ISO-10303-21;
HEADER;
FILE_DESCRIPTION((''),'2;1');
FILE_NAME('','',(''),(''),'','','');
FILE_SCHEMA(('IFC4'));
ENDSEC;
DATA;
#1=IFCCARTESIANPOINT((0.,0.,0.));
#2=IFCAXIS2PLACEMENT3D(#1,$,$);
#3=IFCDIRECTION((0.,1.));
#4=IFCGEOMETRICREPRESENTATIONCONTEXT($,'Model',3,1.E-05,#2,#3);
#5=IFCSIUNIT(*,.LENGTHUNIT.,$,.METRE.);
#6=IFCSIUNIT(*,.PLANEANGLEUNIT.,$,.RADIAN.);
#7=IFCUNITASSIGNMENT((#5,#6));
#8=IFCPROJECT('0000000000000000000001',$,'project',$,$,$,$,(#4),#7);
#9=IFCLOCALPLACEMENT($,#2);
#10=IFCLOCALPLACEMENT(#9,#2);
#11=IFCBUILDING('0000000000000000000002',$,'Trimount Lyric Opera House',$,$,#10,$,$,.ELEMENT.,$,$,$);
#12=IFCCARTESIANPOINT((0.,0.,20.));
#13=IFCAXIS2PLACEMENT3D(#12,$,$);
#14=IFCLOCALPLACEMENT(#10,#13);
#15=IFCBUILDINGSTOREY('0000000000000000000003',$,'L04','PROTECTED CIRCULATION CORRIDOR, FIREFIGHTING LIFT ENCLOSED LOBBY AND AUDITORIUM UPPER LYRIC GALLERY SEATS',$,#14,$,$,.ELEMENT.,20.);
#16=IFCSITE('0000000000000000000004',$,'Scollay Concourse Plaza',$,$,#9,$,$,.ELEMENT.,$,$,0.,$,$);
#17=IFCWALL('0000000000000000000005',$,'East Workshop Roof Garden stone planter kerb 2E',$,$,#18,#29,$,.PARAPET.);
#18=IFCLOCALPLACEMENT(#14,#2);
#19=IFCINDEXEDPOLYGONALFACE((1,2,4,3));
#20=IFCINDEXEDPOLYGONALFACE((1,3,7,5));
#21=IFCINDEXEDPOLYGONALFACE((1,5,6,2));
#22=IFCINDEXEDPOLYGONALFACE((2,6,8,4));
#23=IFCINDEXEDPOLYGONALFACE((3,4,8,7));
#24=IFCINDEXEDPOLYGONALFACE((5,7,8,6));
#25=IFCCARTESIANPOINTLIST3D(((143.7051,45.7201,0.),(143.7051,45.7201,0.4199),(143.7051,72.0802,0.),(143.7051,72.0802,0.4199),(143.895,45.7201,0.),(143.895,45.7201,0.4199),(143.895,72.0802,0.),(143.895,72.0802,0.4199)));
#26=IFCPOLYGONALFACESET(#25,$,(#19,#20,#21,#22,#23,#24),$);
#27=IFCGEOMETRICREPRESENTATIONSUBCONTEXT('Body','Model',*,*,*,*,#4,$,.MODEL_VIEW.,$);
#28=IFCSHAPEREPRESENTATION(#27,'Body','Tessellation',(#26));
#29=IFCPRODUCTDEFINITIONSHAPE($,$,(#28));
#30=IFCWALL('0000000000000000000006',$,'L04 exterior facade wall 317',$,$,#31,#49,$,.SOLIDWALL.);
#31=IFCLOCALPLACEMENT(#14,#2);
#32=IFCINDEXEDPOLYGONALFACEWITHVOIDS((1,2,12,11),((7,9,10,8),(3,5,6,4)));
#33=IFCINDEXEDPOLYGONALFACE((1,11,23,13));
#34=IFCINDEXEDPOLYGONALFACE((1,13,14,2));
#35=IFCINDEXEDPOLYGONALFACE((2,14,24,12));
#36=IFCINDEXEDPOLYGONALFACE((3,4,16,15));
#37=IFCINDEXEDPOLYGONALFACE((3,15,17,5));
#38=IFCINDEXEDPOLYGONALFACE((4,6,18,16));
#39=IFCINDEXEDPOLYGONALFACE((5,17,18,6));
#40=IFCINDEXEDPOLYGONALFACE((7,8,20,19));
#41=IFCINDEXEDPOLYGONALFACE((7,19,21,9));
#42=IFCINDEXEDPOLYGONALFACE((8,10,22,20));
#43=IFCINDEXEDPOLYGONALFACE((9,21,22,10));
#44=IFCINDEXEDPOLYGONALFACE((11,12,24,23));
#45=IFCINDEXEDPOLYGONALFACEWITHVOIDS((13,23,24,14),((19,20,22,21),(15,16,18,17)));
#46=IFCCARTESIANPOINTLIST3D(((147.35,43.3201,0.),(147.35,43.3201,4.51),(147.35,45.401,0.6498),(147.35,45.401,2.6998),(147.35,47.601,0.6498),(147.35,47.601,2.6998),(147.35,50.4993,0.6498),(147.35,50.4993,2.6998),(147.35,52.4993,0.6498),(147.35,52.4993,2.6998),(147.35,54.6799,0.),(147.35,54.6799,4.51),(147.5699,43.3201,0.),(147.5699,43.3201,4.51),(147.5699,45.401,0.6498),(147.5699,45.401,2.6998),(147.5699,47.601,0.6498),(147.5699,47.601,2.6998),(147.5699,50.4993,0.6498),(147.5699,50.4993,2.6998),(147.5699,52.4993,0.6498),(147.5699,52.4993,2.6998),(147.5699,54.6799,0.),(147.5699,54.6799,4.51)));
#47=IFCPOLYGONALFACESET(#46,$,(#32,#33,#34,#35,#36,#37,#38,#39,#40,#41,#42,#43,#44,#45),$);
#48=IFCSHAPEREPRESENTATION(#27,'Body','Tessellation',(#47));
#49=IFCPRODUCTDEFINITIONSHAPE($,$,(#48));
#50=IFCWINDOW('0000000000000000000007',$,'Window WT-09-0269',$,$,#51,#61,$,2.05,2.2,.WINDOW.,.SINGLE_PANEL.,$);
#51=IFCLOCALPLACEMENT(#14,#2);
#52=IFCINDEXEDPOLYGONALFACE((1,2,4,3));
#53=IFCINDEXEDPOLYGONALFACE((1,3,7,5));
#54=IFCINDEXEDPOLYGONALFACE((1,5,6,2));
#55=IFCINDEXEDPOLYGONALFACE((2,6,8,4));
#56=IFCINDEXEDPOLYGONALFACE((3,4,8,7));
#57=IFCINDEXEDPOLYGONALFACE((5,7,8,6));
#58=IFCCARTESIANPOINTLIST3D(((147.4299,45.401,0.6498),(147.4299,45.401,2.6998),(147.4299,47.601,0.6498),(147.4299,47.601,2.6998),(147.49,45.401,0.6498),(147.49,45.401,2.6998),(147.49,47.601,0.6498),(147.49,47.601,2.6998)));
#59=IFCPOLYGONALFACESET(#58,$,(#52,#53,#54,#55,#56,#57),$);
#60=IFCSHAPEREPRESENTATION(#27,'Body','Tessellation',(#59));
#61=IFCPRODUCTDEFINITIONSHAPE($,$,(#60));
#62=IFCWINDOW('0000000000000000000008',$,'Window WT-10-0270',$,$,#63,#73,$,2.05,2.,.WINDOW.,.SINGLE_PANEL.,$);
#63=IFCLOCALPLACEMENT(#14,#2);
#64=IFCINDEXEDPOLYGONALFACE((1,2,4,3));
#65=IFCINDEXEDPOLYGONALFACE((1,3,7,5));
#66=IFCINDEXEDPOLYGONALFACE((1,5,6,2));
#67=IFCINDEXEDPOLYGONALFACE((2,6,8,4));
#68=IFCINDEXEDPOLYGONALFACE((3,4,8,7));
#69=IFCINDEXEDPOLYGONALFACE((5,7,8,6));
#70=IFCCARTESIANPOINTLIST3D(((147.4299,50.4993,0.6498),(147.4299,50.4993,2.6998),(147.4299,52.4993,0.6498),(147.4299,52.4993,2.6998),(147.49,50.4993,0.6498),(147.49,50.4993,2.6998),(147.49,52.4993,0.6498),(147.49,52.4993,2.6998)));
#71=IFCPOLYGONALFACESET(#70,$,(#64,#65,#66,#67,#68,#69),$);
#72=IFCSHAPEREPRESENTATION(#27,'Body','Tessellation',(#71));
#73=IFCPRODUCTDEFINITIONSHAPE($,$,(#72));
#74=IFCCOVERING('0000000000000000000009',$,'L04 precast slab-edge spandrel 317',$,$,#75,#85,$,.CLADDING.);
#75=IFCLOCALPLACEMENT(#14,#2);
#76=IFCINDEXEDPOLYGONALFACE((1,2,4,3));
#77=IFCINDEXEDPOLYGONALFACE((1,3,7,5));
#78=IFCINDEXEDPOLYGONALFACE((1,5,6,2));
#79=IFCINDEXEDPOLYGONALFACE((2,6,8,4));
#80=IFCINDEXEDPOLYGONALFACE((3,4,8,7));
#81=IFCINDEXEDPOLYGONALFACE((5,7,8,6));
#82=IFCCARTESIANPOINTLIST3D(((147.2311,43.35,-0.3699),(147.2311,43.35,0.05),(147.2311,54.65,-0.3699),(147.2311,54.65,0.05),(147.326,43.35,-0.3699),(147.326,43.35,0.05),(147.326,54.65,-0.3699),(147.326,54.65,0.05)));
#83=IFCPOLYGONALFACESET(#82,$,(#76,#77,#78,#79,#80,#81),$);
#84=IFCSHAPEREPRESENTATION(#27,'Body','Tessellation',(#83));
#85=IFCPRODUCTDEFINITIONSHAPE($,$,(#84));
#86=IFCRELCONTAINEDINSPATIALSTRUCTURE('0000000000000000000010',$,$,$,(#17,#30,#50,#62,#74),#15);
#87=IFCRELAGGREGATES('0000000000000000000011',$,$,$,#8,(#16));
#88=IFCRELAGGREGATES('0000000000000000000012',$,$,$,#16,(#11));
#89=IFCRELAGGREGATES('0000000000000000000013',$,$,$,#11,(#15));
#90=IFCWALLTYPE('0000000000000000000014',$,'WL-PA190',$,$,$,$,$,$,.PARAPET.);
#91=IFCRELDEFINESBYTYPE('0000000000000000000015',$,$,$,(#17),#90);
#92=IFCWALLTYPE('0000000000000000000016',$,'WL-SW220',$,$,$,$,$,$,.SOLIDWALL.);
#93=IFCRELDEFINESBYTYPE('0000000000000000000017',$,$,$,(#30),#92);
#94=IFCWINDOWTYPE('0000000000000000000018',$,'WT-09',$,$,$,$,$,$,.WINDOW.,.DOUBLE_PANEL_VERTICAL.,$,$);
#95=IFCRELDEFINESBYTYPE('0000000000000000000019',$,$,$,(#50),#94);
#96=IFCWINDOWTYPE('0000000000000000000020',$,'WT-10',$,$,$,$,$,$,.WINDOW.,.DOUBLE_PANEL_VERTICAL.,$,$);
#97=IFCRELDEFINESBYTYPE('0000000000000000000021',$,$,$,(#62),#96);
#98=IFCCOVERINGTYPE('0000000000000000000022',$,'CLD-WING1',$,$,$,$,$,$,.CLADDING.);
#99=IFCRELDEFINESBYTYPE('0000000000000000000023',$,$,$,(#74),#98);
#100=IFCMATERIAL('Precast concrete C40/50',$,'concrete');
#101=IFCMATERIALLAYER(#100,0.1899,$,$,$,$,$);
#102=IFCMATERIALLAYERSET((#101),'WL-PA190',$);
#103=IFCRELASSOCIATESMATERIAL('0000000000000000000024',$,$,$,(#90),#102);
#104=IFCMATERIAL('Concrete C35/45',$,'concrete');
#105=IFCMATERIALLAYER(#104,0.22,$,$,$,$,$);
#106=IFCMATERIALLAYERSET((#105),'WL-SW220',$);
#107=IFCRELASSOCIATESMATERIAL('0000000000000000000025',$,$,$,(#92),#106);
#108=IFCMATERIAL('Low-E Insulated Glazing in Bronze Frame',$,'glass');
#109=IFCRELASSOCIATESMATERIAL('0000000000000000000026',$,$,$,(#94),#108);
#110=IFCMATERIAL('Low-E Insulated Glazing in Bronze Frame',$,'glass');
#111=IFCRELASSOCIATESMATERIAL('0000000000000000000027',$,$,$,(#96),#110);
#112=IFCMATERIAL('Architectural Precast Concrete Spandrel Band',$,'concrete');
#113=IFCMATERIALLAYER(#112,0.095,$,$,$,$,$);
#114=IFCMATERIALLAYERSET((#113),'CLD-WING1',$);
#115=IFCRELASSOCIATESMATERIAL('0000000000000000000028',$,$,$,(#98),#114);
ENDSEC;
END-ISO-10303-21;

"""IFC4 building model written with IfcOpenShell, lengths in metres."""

from ifc_helpers import new_model, si_unit, direction, frame, frame_2d, origin, origin_2d, place, context, subcontext, project, spatial, rectangle, extrude, material, layer, layer_set, type_object, element, fill, save


model = new_model("IFC4")

# Units and contexts
model_context = context("Model", 3, precision=1e-05, world=origin(), true_north=direction((0.0, 1.0)))
body_context = subcontext(model_context, "Body", "Model", "MODEL_VIEW")
ifc_project = project(units=[si_unit("LENGTHUNIT", "METRE"), si_unit("PLANEANGLEUNIT", "RADIAN")], contexts=[model_context])

# Site, building, storey
site_placement = place(None, origin())
site = spatial("IfcSite", under=ifc_project, at=site_placement, Name="Scollay Concourse Plaza", CompositionType="ELEMENT", RefElevation=0.0)
building_placement = place(site_placement, origin())
building = spatial("IfcBuilding", under=site, at=building_placement, Name="Trimount Lyric Opera House", CompositionType="ELEMENT")
storey_placement = place(building_placement, frame((0.0, 0.0, 20.0)))
storey = spatial("IfcBuildingStorey", under=building, at=storey_placement, Name="L04", Description="PROTECTED CIRCULATION CORRIDOR, FIREFIGHTING LIFT ENCLOSED LOBBY AND AUDITORIUM UPPER LYRIC GALLERY SEATS", CompositionType="ELEMENT", Elevation=20.0)

# Wall
ifc_material_1 = material(Name="Precast concrete C40/50", Category="concrete")
ifc_layer_1 = layer(ifc_material_1, 0.1899)
ifc_layer_set_1 = layer_set([ifc_layer_1], Name="WL-PA190")
wall_type_1 = type_object("IfcWallType", Name="WL-PA190", PredefinedType="PARAPET", material=ifc_layer_set_1)
wall_1_placement = place(storey_placement, frame((143.8, 45.72, 0.0), z_axis=(0.0, 0.0, 1.0), x_axis=(0.0, 1.0, 0.0)))
element("IfcWall", 1, at=wall_1_placement, inside=storey, type_object=wall_type_1, Name="East Workshop Roof Garden stone planter kerb 2E", PredefinedType="PARAPET", context=body_context, shape_type="SweptSolid", body=[
    extrude(rectangle(XDim=26.3601, YDim=0.1899, at=frame_2d((13.1802, 0.0))), origin(), (0.0, 0.0, 1.0), 0.4199),
])

# Wall, openings, windows
ifc_material_2 = material(Name="Concrete C35/45", Category="concrete")
ifc_layer_2 = layer(ifc_material_2, 0.22)
ifc_layer_set_2 = layer_set([ifc_layer_2], Name="WL-SW220")
wall_type_2 = type_object("IfcWallType", Name="WL-SW220", PredefinedType="SOLIDWALL", material=ifc_layer_set_2)
wall_2_placement = place(storey_placement, frame((147.46, 43.3201, 0.0), z_axis=(0.0, 0.0, 1.0), x_axis=(0.0, 1.0, 0.0)))
wall_2 = element("IfcWall", 2, at=wall_2_placement, inside=storey, type_object=wall_type_2, Name="L04 exterior facade wall 317", PredefinedType="SOLIDWALL", context=body_context, shape_type="SweptSolid", body=[
    extrude(rectangle(XDim=11.3599, YDim=0.22, at=frame_2d((5.6799, 0.0))), origin(), (0.0, 0.0, 1.0), 4.51),
])
opening_1_placement = place(wall_2_placement, frame((2.0808, 0.0, 0.6499)))
opening_1 = element("IfcOpeningElement", 3, at=opening_1_placement, cuts=wall_2, PredefinedType="OPENING", context=body_context, shape_type="SweptSolid", body=[
    extrude(rectangle(XDim=2.2, YDim=2.05, at=frame_2d((1.1001, 1.0249))), frame((0.0, 0.1201, 0.0), z_axis=(0.0, -1.0, 0.0), x_axis=(1.0, 0.0, 0.0)), (0.0, 0.0, 1.0), 0.24),
])
opening_2_placement = place(wall_2_placement, frame((7.1792, 0.0, 0.6499)))
opening_2 = element("IfcOpeningElement", 4, at=opening_2_placement, cuts=wall_2, PredefinedType="OPENING", context=body_context, shape_type="SweptSolid", body=[
    extrude(rectangle(XDim=2.0, YDim=2.05, at=frame_2d((1.0, 1.0249))), frame((0.0, 0.1201, 0.0), z_axis=(0.0, -1.0, 0.0), x_axis=(1.0, 0.0, 0.0)), (0.0, 0.0, 1.0), 0.24),
])
ifc_material_3 = material(Name="Low-E Insulated Glazing in Bronze Frame", Category="glass")
window_type_1 = type_object("IfcWindowType", Name="WT-09", PartitioningType="DOUBLE_PANEL_VERTICAL", PredefinedType="WINDOW", material=ifc_material_3)
window_1_placement = place(opening_1_placement, origin())
window_1 = element("IfcWindow", 5, at=window_1_placement, inside=storey, type_object=window_type_1, Name="Window WT-09-0269", OverallHeight=2.05, OverallWidth=2.2, PartitioningType="SINGLE_PANEL", PredefinedType="WINDOW", context=body_context, shape_type="SweptSolid", body=[
    extrude(rectangle(XDim=2.2, YDim=2.05, at=frame_2d((1.1001, 1.0249))), frame((0.0, 0.03, 0.0), z_axis=(0.0, -1.0, 0.0), x_axis=(1.0, 0.0, 0.0)), (0.0, 0.0, 1.0), 0.0601),
])
fill(opening_1, window_1)
ifc_material_4 = material(Name="Low-E Insulated Glazing in Bronze Frame", Category="glass")
window_type_2 = type_object("IfcWindowType", Name="WT-10", PartitioningType="DOUBLE_PANEL_VERTICAL", PredefinedType="WINDOW", material=ifc_material_4)
window_2_placement = place(opening_2_placement, origin())
window_2 = element("IfcWindow", 6, at=window_2_placement, inside=storey, type_object=window_type_2, Name="Window WT-10-0270", OverallHeight=2.05, OverallWidth=2.0, PartitioningType="SINGLE_PANEL", PredefinedType="WINDOW", context=body_context, shape_type="SweptSolid", body=[
    extrude(rectangle(XDim=2.0, YDim=2.05, at=frame_2d((1.0, 1.0249))), frame((0.0, 0.03, 0.0), z_axis=(0.0, -1.0, 0.0), x_axis=(1.0, 0.0, 0.0)), (0.0, 0.0, 1.0), 0.0601),
])
fill(opening_2, window_2)

# Covering
ifc_material_5 = material(Name="Architectural Precast Concrete Spandrel Band", Category="concrete")
ifc_layer_3 = layer(ifc_material_5, 0.095)
ifc_layer_set_3 = layer_set([ifc_layer_3], Name="CLD-WING1")
covering_type = type_object("IfcCoveringType", Name="CLD-WING1", PredefinedType="CLADDING", material=ifc_layer_set_3)
covering_placement = place(storey_placement, frame((147.2786, 49.0, -0.3699), z_axis=(0.0, 0.0, 1.0), x_axis=(0.0, 1.0, 0.0)))
element("IfcCovering", 7, at=covering_placement, inside=storey, type_object=covering_type, Name="L04 precast slab-edge spandrel 317", PredefinedType="CLADDING", context=body_context, shape_type="SweptSolid", body=[
    extrude(rectangle(XDim=11.3, YDim=0.095, at=origin_2d()), origin(), (0.0, 0.0, 1.0), 0.4199),
])

save(model, "model.ifc")
